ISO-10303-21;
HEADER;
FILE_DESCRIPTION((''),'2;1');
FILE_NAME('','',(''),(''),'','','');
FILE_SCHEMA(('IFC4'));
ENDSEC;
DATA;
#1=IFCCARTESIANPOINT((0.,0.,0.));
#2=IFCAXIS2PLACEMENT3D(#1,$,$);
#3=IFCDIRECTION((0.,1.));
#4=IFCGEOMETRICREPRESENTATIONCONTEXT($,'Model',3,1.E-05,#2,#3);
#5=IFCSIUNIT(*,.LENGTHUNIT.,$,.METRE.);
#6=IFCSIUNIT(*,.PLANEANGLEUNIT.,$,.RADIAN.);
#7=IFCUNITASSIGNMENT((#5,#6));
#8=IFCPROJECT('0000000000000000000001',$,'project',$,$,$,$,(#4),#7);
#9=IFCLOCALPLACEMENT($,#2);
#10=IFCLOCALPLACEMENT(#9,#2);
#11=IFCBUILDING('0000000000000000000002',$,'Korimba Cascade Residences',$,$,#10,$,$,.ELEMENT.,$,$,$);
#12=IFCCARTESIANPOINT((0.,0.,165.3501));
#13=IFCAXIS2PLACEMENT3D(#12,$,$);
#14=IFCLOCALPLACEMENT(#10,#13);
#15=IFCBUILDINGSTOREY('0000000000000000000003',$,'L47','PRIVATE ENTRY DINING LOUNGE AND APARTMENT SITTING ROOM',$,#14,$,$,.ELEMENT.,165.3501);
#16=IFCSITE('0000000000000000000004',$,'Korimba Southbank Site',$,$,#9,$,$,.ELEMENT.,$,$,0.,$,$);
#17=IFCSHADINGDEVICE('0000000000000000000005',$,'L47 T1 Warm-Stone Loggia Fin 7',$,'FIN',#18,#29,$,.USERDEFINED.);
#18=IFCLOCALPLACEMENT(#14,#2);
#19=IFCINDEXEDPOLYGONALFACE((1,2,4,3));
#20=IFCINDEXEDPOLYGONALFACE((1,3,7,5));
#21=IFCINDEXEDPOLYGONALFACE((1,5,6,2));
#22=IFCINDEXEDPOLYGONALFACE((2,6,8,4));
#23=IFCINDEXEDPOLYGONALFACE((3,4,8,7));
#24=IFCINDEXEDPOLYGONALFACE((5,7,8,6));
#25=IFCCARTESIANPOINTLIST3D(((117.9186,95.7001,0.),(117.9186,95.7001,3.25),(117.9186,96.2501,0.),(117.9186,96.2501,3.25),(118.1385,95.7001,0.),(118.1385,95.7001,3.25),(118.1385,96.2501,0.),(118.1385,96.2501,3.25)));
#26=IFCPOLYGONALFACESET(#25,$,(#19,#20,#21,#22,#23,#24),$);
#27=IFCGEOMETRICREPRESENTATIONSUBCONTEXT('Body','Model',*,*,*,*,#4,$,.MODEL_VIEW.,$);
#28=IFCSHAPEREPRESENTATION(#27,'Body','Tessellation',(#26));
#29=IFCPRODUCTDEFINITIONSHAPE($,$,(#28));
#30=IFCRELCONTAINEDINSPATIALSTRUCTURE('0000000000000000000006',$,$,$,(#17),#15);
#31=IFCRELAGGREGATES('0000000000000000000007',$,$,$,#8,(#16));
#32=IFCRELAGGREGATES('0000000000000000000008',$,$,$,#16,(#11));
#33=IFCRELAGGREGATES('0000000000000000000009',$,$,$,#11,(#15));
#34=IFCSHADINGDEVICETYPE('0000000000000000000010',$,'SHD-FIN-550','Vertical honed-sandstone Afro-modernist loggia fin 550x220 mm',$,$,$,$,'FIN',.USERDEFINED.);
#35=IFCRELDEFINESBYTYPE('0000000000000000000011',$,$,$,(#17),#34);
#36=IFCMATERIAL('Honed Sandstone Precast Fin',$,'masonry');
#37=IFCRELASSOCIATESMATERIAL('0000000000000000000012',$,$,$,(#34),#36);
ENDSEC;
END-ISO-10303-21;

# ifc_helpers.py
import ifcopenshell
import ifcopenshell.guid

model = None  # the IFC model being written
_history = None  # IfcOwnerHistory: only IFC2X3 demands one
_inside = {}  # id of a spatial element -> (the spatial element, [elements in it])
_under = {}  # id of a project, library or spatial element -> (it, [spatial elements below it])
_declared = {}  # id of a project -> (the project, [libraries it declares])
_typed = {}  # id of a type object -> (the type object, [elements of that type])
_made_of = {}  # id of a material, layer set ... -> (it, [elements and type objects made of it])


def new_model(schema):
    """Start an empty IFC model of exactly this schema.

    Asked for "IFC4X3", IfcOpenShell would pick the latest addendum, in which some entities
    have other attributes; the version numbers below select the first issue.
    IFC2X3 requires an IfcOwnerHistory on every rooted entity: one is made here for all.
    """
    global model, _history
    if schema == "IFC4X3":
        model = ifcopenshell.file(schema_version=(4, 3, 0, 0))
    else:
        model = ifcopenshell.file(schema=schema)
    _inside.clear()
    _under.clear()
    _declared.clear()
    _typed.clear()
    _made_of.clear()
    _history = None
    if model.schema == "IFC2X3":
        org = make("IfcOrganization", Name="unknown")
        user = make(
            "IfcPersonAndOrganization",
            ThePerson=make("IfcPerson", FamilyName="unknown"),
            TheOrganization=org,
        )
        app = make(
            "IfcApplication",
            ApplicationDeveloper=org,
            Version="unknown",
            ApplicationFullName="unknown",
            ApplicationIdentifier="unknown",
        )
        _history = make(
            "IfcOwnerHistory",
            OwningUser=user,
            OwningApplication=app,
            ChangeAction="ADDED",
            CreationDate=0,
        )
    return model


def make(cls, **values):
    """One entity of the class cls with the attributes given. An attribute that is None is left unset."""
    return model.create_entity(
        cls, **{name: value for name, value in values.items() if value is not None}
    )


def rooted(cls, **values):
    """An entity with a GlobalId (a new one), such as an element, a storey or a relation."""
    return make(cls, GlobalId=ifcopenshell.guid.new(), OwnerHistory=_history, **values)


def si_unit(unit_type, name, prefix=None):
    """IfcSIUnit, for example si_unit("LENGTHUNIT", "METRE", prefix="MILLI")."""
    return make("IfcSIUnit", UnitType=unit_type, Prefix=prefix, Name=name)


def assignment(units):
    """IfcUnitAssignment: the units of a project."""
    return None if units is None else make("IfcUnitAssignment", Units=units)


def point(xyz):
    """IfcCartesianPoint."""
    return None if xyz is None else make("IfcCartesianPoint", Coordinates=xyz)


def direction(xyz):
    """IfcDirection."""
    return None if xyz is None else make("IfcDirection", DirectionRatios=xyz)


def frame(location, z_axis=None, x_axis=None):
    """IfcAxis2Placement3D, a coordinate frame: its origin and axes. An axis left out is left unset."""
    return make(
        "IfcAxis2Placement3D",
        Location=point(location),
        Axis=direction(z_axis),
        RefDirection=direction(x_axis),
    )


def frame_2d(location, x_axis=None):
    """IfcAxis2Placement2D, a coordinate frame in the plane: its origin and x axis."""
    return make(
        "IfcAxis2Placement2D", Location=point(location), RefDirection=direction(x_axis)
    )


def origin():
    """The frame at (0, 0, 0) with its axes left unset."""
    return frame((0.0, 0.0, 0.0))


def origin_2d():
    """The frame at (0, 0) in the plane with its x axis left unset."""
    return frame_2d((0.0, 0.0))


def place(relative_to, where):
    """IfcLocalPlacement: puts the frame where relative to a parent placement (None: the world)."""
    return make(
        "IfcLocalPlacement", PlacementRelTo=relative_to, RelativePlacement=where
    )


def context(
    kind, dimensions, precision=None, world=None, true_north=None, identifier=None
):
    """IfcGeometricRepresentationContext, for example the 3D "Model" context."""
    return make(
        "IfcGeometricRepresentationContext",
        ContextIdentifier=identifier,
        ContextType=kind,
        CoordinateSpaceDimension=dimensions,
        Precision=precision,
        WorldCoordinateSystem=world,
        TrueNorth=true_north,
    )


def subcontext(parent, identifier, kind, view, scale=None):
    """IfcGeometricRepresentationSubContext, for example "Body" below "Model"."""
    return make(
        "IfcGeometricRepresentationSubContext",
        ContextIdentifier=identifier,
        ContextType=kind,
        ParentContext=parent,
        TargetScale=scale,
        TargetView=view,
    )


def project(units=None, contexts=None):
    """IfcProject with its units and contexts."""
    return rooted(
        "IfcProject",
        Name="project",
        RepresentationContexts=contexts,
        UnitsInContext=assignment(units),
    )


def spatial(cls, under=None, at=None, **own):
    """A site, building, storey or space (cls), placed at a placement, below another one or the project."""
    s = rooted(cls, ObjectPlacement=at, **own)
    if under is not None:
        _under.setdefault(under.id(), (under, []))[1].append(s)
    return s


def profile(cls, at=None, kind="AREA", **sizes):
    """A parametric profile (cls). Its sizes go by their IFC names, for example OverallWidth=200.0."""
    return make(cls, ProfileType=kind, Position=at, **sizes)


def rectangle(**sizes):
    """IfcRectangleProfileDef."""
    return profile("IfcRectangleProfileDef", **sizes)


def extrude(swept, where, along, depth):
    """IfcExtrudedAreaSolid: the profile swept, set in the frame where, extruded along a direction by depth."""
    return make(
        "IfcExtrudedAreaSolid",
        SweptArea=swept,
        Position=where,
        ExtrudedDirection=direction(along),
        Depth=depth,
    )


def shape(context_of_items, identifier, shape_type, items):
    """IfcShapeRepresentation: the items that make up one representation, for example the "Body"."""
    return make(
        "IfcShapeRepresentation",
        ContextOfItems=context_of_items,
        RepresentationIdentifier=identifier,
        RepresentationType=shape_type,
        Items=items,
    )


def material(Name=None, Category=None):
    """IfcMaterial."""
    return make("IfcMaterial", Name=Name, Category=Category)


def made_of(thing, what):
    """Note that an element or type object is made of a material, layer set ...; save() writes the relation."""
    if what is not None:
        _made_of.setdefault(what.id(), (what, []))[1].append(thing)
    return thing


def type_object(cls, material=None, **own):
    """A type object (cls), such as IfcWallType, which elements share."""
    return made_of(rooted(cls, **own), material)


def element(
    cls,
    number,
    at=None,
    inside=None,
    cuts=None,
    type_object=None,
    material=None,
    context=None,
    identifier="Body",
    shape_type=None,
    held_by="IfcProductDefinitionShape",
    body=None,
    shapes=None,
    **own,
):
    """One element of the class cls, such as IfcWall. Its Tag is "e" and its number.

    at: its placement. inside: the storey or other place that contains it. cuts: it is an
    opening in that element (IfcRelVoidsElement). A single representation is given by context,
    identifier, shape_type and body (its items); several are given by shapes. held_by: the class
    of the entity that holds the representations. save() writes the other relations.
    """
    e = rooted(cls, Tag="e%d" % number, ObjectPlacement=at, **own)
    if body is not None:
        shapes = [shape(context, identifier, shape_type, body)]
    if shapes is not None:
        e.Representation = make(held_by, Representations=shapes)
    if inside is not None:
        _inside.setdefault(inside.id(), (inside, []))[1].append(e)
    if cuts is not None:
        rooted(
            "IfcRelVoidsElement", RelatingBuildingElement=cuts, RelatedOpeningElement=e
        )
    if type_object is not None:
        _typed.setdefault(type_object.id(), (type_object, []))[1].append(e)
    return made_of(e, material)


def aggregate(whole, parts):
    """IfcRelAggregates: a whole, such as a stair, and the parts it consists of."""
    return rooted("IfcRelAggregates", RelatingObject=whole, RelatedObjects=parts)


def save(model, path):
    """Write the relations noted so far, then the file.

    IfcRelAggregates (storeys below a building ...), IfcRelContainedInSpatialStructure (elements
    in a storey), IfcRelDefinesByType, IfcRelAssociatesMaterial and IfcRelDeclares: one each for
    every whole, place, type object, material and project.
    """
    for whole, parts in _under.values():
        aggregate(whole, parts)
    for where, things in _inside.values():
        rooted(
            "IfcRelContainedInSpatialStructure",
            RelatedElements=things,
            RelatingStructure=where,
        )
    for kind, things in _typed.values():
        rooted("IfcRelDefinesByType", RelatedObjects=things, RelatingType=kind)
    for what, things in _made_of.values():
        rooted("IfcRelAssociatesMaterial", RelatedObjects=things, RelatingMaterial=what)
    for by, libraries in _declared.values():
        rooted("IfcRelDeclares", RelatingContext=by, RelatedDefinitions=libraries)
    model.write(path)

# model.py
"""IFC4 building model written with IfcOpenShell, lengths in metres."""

from ifc_helpers import new_model, si_unit, direction, frame, origin, origin_2d, place, context, subcontext, project, spatial, rectangle, extrude, material, type_object, element, save


model = new_model("IFC4")

# Units and contexts
model_context = context("Model", 3, precision=1e-05, world=origin(), true_north=direction((0.0, 1.0)))
body_context = subcontext(model_context, "Body", "Model", "MODEL_VIEW")
ifc_project = project(units=[si_unit("LENGTHUNIT", "METRE"), si_unit("PLANEANGLEUNIT", "RADIAN")], contexts=[model_context])

# Site, building, storey
site_placement = place(None, origin())
site = spatial("IfcSite", under=ifc_project, at=site_placement, Name="Korimba Southbank Site", CompositionType="ELEMENT", RefElevation=0.0)
building_placement = place(site_placement, origin())
building = spatial("IfcBuilding", under=site, at=building_placement, Name="Korimba Cascade Residences", CompositionType="ELEMENT")
storey_placement = place(building_placement, frame((0.0, 0.0, 165.3501)))
storey = spatial("IfcBuildingStorey", under=building, at=storey_placement, Name="L47", Description="PRIVATE ENTRY DINING LOUNGE AND APARTMENT SITTING ROOM", CompositionType="ELEMENT", Elevation=165.3501)

# Shading device
ifc_material_1 = material(Name="Honed Sandstone Precast Fin", Category="masonry")
shading_device_type = type_object("IfcShadingDeviceType", Name="SHD-FIN-550", Description="Vertical honed-sandstone Afro-modernist loggia fin 550x220 mm", ElementType="FIN", PredefinedType="USERDEFINED", material=ifc_material_1)
shading_device_placement = place(storey_placement, frame((118.0286, 95.9751, 0.0), z_axis=(0.0, 0.0, 1.0), x_axis=(1.0, 0.0, 0.0)))
element("IfcShadingDevice", 1, at=shading_device_placement, inside=storey, type_object=shading_device_type, Name="L47 T1 Warm-Stone Loggia Fin 7", ObjectType="FIN", PredefinedType="USERDEFINED", context=body_context, shape_type="SweptSolid", body=[
    extrude(rectangle(XDim=0.22, YDim=0.55, at=origin_2d()), origin(), (0.0, 0.0, 1.0), 3.25),
])

save(model, "model.ifc")
